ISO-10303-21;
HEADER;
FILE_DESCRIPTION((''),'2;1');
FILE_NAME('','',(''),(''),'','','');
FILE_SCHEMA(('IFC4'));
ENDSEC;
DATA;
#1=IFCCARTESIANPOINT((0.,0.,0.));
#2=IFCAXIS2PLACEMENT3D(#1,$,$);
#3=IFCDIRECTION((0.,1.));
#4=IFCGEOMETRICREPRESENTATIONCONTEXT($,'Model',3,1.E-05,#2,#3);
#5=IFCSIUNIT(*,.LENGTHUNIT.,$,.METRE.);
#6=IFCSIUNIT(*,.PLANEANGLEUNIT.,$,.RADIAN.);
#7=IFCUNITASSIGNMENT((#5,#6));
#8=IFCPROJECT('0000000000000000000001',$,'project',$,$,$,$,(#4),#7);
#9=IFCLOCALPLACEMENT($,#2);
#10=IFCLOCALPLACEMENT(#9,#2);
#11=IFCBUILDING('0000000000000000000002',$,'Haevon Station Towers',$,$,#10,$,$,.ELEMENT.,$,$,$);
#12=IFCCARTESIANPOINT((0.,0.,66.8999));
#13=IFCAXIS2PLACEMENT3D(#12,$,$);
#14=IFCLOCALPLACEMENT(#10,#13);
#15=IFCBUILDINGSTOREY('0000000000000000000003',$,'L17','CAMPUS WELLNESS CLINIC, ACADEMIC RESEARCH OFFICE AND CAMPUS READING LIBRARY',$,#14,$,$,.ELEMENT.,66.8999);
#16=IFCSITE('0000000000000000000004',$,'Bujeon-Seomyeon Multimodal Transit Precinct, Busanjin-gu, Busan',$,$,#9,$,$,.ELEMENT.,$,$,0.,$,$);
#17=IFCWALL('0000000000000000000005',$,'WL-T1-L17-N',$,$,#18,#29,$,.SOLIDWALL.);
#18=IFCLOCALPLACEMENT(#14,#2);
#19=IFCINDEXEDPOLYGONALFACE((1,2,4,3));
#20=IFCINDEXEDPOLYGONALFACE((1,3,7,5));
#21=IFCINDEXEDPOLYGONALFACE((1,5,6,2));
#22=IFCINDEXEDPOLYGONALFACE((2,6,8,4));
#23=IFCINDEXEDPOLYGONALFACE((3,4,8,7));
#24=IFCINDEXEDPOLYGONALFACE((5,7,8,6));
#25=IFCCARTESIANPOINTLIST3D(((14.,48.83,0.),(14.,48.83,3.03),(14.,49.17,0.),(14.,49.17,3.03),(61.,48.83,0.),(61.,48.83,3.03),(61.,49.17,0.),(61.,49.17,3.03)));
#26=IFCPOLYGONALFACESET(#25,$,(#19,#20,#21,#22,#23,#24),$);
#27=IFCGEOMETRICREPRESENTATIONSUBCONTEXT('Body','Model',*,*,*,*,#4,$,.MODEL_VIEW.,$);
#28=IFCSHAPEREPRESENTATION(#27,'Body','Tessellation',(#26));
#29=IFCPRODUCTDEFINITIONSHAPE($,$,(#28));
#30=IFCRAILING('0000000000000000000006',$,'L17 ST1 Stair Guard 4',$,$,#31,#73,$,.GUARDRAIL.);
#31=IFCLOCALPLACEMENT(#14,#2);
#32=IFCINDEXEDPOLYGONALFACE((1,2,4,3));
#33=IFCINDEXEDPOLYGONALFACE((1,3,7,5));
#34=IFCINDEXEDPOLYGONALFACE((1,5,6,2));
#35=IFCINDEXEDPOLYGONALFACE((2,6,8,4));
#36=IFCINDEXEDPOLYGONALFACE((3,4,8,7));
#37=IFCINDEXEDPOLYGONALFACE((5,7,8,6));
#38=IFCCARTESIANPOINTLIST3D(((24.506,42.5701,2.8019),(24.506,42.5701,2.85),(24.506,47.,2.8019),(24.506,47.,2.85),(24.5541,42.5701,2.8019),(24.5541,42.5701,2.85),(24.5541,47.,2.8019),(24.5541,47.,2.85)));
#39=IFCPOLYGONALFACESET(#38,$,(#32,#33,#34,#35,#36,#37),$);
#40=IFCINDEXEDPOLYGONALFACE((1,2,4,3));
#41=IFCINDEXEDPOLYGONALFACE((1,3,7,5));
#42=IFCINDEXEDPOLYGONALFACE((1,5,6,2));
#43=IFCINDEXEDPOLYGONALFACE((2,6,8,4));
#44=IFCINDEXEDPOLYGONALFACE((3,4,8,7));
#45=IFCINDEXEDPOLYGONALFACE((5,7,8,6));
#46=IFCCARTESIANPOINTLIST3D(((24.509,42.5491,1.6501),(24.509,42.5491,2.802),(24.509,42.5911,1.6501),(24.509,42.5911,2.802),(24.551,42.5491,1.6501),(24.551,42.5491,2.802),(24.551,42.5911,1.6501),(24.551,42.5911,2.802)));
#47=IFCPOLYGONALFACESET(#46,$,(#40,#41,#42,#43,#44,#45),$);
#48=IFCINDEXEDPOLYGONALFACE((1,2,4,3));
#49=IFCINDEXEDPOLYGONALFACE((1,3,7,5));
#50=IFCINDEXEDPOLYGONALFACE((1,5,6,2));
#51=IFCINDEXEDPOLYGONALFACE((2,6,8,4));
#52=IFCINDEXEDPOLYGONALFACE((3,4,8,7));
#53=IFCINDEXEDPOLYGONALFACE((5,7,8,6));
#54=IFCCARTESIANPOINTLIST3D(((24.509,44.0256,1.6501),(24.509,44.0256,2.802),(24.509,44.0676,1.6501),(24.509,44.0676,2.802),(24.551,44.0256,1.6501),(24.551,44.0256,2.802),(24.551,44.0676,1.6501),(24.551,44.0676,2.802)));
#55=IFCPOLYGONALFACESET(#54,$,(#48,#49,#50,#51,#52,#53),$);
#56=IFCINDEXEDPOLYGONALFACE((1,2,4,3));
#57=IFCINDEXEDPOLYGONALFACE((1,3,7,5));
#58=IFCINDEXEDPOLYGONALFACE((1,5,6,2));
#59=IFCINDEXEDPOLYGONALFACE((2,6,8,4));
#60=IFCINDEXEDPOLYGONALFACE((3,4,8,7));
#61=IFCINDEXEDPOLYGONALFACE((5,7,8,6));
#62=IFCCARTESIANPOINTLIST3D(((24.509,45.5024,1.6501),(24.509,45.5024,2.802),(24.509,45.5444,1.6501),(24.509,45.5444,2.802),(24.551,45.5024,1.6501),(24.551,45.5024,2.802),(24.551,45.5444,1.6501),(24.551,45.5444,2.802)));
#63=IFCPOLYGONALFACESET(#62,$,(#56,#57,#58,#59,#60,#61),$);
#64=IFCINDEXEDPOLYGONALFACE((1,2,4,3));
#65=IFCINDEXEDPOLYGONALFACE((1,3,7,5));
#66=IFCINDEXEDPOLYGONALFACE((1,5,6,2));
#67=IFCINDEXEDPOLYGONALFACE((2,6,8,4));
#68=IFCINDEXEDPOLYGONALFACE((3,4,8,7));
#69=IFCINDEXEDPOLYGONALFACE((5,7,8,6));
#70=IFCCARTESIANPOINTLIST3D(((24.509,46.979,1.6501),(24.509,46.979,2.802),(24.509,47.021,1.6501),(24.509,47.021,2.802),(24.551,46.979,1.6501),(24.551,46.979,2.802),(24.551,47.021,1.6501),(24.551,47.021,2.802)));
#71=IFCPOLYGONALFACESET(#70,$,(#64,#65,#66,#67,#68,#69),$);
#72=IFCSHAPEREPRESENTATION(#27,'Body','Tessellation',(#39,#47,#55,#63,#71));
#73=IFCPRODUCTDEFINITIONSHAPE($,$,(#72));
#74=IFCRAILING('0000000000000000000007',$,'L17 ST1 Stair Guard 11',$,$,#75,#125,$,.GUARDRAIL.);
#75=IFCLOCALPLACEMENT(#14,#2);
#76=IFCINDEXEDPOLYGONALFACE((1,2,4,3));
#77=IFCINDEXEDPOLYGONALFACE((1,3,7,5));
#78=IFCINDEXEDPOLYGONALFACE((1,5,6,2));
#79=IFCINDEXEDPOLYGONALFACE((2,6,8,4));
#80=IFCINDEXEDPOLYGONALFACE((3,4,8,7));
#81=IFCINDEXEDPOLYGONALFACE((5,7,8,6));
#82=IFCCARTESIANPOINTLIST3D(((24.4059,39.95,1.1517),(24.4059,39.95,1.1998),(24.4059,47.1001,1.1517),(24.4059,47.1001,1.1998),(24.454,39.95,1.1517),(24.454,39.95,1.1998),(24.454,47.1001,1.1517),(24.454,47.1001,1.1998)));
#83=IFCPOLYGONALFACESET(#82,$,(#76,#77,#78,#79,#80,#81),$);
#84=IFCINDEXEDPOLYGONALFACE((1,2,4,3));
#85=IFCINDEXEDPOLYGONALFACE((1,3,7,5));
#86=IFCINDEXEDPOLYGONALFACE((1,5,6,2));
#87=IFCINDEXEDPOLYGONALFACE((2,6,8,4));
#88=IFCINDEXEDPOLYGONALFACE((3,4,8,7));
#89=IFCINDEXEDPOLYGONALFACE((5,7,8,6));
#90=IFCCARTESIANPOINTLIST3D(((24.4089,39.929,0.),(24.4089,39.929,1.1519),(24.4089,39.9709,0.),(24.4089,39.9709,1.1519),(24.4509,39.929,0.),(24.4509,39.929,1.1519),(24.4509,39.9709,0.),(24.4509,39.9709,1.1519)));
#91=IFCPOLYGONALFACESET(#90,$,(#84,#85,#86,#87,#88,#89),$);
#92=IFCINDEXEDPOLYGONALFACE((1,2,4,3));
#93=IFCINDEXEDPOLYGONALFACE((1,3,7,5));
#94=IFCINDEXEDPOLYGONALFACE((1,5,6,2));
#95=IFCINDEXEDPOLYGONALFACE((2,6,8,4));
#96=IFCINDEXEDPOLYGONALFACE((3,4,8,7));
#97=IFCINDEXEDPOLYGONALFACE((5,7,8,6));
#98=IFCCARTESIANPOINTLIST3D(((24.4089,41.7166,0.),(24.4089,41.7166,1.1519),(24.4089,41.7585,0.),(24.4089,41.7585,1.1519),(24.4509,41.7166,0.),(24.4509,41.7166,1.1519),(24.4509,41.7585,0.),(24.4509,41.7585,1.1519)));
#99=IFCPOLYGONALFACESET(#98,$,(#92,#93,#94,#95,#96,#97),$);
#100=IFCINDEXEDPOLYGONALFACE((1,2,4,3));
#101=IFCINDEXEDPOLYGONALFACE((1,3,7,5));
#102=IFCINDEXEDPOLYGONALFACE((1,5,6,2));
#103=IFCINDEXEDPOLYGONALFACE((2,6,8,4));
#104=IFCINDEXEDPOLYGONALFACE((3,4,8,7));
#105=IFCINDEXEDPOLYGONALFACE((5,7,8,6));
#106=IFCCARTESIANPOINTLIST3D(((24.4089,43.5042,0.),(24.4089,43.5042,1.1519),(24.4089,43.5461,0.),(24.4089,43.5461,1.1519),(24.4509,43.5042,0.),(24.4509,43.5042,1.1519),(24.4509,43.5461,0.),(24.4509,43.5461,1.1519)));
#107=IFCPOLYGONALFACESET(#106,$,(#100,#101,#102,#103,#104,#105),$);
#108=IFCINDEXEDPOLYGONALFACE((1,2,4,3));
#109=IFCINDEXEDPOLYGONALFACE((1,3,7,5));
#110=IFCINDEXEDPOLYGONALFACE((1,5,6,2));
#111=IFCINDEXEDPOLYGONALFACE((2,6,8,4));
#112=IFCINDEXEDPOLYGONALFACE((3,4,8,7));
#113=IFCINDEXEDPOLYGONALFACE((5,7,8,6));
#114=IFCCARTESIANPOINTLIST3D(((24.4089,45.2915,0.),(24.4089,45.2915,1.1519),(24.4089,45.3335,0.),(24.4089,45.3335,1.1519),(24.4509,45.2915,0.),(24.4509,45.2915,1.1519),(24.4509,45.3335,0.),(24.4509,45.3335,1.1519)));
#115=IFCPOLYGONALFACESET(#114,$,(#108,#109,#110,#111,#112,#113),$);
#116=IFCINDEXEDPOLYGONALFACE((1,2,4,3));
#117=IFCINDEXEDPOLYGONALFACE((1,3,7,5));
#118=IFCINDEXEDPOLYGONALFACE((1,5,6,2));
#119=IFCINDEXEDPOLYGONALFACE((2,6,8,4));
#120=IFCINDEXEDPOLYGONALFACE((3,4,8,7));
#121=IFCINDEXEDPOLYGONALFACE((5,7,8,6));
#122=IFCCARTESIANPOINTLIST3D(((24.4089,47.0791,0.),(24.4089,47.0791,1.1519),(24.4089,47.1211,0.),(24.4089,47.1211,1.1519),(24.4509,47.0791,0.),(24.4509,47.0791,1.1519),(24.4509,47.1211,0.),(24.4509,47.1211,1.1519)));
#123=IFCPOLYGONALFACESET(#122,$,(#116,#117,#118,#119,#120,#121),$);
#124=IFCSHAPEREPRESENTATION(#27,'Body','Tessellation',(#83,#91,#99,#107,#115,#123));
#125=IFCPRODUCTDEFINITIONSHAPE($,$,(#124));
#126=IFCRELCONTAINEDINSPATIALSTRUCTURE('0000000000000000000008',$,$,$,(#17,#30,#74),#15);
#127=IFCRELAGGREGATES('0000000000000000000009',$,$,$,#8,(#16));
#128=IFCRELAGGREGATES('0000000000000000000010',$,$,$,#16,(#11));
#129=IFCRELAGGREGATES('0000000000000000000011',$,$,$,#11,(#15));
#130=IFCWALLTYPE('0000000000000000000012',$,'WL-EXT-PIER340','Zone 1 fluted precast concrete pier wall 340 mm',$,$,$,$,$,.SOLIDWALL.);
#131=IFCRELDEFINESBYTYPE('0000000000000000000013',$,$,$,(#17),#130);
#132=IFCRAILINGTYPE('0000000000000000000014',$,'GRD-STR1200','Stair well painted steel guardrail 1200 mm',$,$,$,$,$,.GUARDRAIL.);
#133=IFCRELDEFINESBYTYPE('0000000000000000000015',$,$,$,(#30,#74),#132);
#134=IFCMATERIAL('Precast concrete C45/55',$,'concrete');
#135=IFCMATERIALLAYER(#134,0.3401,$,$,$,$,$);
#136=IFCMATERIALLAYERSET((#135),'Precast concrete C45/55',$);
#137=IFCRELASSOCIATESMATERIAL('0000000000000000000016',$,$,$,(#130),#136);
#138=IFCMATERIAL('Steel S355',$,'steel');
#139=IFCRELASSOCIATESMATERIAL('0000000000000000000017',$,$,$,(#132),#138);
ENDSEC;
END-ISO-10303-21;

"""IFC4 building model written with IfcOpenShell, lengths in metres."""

from ifc_helpers import new_model, si_unit, direction, frame, frame_2d, origin, origin_2d, place, context, subcontext, project, spatial, rectangle, extrude, material, layer, layer_set, type_object, element, save


model = new_model("IFC4")

# Units and contexts
model_context = context("Model", 3, precision=1e-05, world=origin(), true_north=direction((0.0, 1.0)))
body_context = subcontext(model_context, "Body", "Model", "MODEL_VIEW")
ifc_project = project(units=[si_unit("LENGTHUNIT", "METRE"), si_unit("PLANEANGLEUNIT", "RADIAN")], contexts=[model_context])

# Site, building, storey
site_placement = place(None, origin())
site = spatial("IfcSite", under=ifc_project, at=site_placement, Name="Bujeon-Seomyeon Multimodal Transit Precinct, Busanjin-gu, Busan", CompositionType="ELEMENT", RefElevation=0.0)
building_placement = place(site_placement, origin())
building = spatial("IfcBuilding", under=site, at=building_placement, Name="Haevon Station Towers", CompositionType="ELEMENT")
storey_placement = place(building_placement, frame((0.0, 0.0, 66.8999)))
storey = spatial("IfcBuildingStorey", under=building, at=storey_placement, Name="L17", Description="CAMPUS WELLNESS CLINIC, ACADEMIC RESEARCH OFFICE AND CAMPUS READING LIBRARY", CompositionType="ELEMENT", Elevation=66.8999)

# Shared definitions
ifc_material_1 = material(Name="Steel S355", Category="steel")

# Wall
ifc_material_2 = material(Name="Precast concrete C45/55", Category="concrete")
ifc_layer_1 = layer(ifc_material_2, 0.3401)
ifc_layer_set_1 = layer_set([ifc_layer_1], Name="Precast concrete C45/55")
wall_type_1 = type_object("IfcWallType", Name="WL-EXT-PIER340", Description="Zone 1 fluted precast concrete pier wall 340 mm", PredefinedType="SOLIDWALL", material=ifc_layer_set_1)
wall_1_placement = place(storey_placement, frame((14.0, 49.0, 0.0), z_axis=(0.0, 0.0, 1.0), x_axis=(1.0, 0.0, 0.0)))
element("IfcWall", 1, at=wall_1_placement, inside=storey, type_object=wall_type_1, Name="WL-T1-L17-N", PredefinedType="SOLIDWALL", context=body_context, shape_type="SweptSolid", body=[
    extrude(rectangle(XDim=47.0, YDim=0.3401, at=frame_2d((23.5, 0.0))), origin(), (0.0, 0.0, 1.0), 3.03),
])

# Railings
railing_type = type_object("IfcRailingType", Name="GRD-STR1200", Description="Stair well painted steel guardrail 1200 mm", PredefinedType="GUARDRAIL", material=ifc_material_1)
railing_1_placement = place(storey_placement, frame((24.53, 42.5701, 1.6501)))
element("IfcRailing", 2, at=railing_1_placement, inside=storey, type_object=railing_type, Name="L17 ST1 Stair Guard 4", PredefinedType="GUARDRAIL", context=body_context, shape_type="SweptSolid", body=[
    extrude(rectangle(XDim=0.0481, YDim=0.0481, at=origin_2d()), frame((0.0, 0.0, 1.1758), z_axis=(0.0, 1.0, 0.0), x_axis=(-1.0, 0.0, 0.0)), (0.0, 0.0, 1.0), 4.4299),
    extrude(rectangle(XDim=0.042, YDim=0.042, at=origin_2d()), origin(), (0.0, 0.0, 1.0), 1.1519),
    extrude(rectangle(XDim=0.042, YDim=0.042, at=origin_2d()), frame((0.0, 1.4766, 0.0)), (0.0, 0.0, 1.0), 1.1519),
    extrude(rectangle(XDim=0.042, YDim=0.042, at=origin_2d()), frame((0.0, 2.9534, 0.0)), (0.0, 0.0, 1.0), 1.1519),
    extrude(rectangle(XDim=0.042, YDim=0.042, at=origin_2d()), frame((0.0, 4.4299, 0.0)), (0.0, 0.0, 1.0), 1.1519),
])
railing_2_placement = place(storey_placement, frame((24.4299, 39.95, 0.0)))
element("IfcRailing", 3, at=railing_2_placement, inside=storey, type_object=railing_type, Name="L17 ST1 Stair Guard 11", PredefinedType="GUARDRAIL", context=body_context, shape_type="SweptSolid", body=[
    extrude(rectangle(XDim=0.0481, YDim=0.0481, at=origin_2d()), frame((0.0, 0.0, 1.1758), z_axis=(0.0, 1.0, 0.0), x_axis=(-1.0, 0.0, 0.0)), (0.0, 0.0, 1.0), 7.1501),
    extrude(rectangle(XDim=0.042, YDim=0.042, at=origin_2d()), origin(), (0.0, 0.0, 1.0), 1.1519),
    extrude(rectangle(XDim=0.042, YDim=0.042, at=origin_2d()), frame((0.0, 1.7876, 0.0)), (0.0, 0.0, 1.0), 1.1519),
    extrude(rectangle(XDim=0.042, YDim=0.042, at=origin_2d()), frame((0.0, 3.5752, 0.0)), (0.0, 0.0, 1.0), 1.1519),
    extrude(rectangle(XDim=0.042, YDim=0.042, at=origin_2d()), frame((0.0, 5.3625, 0.0)), (0.0, 0.0, 1.0), 1.1519),
    extrude(rectangle(XDim=0.042, YDim=0.042, at=origin_2d()), frame((0.0, 7.1501, 0.0)), (0.0, 0.0, 1.0), 1.1519),
])

save(model, "model.ifc")
